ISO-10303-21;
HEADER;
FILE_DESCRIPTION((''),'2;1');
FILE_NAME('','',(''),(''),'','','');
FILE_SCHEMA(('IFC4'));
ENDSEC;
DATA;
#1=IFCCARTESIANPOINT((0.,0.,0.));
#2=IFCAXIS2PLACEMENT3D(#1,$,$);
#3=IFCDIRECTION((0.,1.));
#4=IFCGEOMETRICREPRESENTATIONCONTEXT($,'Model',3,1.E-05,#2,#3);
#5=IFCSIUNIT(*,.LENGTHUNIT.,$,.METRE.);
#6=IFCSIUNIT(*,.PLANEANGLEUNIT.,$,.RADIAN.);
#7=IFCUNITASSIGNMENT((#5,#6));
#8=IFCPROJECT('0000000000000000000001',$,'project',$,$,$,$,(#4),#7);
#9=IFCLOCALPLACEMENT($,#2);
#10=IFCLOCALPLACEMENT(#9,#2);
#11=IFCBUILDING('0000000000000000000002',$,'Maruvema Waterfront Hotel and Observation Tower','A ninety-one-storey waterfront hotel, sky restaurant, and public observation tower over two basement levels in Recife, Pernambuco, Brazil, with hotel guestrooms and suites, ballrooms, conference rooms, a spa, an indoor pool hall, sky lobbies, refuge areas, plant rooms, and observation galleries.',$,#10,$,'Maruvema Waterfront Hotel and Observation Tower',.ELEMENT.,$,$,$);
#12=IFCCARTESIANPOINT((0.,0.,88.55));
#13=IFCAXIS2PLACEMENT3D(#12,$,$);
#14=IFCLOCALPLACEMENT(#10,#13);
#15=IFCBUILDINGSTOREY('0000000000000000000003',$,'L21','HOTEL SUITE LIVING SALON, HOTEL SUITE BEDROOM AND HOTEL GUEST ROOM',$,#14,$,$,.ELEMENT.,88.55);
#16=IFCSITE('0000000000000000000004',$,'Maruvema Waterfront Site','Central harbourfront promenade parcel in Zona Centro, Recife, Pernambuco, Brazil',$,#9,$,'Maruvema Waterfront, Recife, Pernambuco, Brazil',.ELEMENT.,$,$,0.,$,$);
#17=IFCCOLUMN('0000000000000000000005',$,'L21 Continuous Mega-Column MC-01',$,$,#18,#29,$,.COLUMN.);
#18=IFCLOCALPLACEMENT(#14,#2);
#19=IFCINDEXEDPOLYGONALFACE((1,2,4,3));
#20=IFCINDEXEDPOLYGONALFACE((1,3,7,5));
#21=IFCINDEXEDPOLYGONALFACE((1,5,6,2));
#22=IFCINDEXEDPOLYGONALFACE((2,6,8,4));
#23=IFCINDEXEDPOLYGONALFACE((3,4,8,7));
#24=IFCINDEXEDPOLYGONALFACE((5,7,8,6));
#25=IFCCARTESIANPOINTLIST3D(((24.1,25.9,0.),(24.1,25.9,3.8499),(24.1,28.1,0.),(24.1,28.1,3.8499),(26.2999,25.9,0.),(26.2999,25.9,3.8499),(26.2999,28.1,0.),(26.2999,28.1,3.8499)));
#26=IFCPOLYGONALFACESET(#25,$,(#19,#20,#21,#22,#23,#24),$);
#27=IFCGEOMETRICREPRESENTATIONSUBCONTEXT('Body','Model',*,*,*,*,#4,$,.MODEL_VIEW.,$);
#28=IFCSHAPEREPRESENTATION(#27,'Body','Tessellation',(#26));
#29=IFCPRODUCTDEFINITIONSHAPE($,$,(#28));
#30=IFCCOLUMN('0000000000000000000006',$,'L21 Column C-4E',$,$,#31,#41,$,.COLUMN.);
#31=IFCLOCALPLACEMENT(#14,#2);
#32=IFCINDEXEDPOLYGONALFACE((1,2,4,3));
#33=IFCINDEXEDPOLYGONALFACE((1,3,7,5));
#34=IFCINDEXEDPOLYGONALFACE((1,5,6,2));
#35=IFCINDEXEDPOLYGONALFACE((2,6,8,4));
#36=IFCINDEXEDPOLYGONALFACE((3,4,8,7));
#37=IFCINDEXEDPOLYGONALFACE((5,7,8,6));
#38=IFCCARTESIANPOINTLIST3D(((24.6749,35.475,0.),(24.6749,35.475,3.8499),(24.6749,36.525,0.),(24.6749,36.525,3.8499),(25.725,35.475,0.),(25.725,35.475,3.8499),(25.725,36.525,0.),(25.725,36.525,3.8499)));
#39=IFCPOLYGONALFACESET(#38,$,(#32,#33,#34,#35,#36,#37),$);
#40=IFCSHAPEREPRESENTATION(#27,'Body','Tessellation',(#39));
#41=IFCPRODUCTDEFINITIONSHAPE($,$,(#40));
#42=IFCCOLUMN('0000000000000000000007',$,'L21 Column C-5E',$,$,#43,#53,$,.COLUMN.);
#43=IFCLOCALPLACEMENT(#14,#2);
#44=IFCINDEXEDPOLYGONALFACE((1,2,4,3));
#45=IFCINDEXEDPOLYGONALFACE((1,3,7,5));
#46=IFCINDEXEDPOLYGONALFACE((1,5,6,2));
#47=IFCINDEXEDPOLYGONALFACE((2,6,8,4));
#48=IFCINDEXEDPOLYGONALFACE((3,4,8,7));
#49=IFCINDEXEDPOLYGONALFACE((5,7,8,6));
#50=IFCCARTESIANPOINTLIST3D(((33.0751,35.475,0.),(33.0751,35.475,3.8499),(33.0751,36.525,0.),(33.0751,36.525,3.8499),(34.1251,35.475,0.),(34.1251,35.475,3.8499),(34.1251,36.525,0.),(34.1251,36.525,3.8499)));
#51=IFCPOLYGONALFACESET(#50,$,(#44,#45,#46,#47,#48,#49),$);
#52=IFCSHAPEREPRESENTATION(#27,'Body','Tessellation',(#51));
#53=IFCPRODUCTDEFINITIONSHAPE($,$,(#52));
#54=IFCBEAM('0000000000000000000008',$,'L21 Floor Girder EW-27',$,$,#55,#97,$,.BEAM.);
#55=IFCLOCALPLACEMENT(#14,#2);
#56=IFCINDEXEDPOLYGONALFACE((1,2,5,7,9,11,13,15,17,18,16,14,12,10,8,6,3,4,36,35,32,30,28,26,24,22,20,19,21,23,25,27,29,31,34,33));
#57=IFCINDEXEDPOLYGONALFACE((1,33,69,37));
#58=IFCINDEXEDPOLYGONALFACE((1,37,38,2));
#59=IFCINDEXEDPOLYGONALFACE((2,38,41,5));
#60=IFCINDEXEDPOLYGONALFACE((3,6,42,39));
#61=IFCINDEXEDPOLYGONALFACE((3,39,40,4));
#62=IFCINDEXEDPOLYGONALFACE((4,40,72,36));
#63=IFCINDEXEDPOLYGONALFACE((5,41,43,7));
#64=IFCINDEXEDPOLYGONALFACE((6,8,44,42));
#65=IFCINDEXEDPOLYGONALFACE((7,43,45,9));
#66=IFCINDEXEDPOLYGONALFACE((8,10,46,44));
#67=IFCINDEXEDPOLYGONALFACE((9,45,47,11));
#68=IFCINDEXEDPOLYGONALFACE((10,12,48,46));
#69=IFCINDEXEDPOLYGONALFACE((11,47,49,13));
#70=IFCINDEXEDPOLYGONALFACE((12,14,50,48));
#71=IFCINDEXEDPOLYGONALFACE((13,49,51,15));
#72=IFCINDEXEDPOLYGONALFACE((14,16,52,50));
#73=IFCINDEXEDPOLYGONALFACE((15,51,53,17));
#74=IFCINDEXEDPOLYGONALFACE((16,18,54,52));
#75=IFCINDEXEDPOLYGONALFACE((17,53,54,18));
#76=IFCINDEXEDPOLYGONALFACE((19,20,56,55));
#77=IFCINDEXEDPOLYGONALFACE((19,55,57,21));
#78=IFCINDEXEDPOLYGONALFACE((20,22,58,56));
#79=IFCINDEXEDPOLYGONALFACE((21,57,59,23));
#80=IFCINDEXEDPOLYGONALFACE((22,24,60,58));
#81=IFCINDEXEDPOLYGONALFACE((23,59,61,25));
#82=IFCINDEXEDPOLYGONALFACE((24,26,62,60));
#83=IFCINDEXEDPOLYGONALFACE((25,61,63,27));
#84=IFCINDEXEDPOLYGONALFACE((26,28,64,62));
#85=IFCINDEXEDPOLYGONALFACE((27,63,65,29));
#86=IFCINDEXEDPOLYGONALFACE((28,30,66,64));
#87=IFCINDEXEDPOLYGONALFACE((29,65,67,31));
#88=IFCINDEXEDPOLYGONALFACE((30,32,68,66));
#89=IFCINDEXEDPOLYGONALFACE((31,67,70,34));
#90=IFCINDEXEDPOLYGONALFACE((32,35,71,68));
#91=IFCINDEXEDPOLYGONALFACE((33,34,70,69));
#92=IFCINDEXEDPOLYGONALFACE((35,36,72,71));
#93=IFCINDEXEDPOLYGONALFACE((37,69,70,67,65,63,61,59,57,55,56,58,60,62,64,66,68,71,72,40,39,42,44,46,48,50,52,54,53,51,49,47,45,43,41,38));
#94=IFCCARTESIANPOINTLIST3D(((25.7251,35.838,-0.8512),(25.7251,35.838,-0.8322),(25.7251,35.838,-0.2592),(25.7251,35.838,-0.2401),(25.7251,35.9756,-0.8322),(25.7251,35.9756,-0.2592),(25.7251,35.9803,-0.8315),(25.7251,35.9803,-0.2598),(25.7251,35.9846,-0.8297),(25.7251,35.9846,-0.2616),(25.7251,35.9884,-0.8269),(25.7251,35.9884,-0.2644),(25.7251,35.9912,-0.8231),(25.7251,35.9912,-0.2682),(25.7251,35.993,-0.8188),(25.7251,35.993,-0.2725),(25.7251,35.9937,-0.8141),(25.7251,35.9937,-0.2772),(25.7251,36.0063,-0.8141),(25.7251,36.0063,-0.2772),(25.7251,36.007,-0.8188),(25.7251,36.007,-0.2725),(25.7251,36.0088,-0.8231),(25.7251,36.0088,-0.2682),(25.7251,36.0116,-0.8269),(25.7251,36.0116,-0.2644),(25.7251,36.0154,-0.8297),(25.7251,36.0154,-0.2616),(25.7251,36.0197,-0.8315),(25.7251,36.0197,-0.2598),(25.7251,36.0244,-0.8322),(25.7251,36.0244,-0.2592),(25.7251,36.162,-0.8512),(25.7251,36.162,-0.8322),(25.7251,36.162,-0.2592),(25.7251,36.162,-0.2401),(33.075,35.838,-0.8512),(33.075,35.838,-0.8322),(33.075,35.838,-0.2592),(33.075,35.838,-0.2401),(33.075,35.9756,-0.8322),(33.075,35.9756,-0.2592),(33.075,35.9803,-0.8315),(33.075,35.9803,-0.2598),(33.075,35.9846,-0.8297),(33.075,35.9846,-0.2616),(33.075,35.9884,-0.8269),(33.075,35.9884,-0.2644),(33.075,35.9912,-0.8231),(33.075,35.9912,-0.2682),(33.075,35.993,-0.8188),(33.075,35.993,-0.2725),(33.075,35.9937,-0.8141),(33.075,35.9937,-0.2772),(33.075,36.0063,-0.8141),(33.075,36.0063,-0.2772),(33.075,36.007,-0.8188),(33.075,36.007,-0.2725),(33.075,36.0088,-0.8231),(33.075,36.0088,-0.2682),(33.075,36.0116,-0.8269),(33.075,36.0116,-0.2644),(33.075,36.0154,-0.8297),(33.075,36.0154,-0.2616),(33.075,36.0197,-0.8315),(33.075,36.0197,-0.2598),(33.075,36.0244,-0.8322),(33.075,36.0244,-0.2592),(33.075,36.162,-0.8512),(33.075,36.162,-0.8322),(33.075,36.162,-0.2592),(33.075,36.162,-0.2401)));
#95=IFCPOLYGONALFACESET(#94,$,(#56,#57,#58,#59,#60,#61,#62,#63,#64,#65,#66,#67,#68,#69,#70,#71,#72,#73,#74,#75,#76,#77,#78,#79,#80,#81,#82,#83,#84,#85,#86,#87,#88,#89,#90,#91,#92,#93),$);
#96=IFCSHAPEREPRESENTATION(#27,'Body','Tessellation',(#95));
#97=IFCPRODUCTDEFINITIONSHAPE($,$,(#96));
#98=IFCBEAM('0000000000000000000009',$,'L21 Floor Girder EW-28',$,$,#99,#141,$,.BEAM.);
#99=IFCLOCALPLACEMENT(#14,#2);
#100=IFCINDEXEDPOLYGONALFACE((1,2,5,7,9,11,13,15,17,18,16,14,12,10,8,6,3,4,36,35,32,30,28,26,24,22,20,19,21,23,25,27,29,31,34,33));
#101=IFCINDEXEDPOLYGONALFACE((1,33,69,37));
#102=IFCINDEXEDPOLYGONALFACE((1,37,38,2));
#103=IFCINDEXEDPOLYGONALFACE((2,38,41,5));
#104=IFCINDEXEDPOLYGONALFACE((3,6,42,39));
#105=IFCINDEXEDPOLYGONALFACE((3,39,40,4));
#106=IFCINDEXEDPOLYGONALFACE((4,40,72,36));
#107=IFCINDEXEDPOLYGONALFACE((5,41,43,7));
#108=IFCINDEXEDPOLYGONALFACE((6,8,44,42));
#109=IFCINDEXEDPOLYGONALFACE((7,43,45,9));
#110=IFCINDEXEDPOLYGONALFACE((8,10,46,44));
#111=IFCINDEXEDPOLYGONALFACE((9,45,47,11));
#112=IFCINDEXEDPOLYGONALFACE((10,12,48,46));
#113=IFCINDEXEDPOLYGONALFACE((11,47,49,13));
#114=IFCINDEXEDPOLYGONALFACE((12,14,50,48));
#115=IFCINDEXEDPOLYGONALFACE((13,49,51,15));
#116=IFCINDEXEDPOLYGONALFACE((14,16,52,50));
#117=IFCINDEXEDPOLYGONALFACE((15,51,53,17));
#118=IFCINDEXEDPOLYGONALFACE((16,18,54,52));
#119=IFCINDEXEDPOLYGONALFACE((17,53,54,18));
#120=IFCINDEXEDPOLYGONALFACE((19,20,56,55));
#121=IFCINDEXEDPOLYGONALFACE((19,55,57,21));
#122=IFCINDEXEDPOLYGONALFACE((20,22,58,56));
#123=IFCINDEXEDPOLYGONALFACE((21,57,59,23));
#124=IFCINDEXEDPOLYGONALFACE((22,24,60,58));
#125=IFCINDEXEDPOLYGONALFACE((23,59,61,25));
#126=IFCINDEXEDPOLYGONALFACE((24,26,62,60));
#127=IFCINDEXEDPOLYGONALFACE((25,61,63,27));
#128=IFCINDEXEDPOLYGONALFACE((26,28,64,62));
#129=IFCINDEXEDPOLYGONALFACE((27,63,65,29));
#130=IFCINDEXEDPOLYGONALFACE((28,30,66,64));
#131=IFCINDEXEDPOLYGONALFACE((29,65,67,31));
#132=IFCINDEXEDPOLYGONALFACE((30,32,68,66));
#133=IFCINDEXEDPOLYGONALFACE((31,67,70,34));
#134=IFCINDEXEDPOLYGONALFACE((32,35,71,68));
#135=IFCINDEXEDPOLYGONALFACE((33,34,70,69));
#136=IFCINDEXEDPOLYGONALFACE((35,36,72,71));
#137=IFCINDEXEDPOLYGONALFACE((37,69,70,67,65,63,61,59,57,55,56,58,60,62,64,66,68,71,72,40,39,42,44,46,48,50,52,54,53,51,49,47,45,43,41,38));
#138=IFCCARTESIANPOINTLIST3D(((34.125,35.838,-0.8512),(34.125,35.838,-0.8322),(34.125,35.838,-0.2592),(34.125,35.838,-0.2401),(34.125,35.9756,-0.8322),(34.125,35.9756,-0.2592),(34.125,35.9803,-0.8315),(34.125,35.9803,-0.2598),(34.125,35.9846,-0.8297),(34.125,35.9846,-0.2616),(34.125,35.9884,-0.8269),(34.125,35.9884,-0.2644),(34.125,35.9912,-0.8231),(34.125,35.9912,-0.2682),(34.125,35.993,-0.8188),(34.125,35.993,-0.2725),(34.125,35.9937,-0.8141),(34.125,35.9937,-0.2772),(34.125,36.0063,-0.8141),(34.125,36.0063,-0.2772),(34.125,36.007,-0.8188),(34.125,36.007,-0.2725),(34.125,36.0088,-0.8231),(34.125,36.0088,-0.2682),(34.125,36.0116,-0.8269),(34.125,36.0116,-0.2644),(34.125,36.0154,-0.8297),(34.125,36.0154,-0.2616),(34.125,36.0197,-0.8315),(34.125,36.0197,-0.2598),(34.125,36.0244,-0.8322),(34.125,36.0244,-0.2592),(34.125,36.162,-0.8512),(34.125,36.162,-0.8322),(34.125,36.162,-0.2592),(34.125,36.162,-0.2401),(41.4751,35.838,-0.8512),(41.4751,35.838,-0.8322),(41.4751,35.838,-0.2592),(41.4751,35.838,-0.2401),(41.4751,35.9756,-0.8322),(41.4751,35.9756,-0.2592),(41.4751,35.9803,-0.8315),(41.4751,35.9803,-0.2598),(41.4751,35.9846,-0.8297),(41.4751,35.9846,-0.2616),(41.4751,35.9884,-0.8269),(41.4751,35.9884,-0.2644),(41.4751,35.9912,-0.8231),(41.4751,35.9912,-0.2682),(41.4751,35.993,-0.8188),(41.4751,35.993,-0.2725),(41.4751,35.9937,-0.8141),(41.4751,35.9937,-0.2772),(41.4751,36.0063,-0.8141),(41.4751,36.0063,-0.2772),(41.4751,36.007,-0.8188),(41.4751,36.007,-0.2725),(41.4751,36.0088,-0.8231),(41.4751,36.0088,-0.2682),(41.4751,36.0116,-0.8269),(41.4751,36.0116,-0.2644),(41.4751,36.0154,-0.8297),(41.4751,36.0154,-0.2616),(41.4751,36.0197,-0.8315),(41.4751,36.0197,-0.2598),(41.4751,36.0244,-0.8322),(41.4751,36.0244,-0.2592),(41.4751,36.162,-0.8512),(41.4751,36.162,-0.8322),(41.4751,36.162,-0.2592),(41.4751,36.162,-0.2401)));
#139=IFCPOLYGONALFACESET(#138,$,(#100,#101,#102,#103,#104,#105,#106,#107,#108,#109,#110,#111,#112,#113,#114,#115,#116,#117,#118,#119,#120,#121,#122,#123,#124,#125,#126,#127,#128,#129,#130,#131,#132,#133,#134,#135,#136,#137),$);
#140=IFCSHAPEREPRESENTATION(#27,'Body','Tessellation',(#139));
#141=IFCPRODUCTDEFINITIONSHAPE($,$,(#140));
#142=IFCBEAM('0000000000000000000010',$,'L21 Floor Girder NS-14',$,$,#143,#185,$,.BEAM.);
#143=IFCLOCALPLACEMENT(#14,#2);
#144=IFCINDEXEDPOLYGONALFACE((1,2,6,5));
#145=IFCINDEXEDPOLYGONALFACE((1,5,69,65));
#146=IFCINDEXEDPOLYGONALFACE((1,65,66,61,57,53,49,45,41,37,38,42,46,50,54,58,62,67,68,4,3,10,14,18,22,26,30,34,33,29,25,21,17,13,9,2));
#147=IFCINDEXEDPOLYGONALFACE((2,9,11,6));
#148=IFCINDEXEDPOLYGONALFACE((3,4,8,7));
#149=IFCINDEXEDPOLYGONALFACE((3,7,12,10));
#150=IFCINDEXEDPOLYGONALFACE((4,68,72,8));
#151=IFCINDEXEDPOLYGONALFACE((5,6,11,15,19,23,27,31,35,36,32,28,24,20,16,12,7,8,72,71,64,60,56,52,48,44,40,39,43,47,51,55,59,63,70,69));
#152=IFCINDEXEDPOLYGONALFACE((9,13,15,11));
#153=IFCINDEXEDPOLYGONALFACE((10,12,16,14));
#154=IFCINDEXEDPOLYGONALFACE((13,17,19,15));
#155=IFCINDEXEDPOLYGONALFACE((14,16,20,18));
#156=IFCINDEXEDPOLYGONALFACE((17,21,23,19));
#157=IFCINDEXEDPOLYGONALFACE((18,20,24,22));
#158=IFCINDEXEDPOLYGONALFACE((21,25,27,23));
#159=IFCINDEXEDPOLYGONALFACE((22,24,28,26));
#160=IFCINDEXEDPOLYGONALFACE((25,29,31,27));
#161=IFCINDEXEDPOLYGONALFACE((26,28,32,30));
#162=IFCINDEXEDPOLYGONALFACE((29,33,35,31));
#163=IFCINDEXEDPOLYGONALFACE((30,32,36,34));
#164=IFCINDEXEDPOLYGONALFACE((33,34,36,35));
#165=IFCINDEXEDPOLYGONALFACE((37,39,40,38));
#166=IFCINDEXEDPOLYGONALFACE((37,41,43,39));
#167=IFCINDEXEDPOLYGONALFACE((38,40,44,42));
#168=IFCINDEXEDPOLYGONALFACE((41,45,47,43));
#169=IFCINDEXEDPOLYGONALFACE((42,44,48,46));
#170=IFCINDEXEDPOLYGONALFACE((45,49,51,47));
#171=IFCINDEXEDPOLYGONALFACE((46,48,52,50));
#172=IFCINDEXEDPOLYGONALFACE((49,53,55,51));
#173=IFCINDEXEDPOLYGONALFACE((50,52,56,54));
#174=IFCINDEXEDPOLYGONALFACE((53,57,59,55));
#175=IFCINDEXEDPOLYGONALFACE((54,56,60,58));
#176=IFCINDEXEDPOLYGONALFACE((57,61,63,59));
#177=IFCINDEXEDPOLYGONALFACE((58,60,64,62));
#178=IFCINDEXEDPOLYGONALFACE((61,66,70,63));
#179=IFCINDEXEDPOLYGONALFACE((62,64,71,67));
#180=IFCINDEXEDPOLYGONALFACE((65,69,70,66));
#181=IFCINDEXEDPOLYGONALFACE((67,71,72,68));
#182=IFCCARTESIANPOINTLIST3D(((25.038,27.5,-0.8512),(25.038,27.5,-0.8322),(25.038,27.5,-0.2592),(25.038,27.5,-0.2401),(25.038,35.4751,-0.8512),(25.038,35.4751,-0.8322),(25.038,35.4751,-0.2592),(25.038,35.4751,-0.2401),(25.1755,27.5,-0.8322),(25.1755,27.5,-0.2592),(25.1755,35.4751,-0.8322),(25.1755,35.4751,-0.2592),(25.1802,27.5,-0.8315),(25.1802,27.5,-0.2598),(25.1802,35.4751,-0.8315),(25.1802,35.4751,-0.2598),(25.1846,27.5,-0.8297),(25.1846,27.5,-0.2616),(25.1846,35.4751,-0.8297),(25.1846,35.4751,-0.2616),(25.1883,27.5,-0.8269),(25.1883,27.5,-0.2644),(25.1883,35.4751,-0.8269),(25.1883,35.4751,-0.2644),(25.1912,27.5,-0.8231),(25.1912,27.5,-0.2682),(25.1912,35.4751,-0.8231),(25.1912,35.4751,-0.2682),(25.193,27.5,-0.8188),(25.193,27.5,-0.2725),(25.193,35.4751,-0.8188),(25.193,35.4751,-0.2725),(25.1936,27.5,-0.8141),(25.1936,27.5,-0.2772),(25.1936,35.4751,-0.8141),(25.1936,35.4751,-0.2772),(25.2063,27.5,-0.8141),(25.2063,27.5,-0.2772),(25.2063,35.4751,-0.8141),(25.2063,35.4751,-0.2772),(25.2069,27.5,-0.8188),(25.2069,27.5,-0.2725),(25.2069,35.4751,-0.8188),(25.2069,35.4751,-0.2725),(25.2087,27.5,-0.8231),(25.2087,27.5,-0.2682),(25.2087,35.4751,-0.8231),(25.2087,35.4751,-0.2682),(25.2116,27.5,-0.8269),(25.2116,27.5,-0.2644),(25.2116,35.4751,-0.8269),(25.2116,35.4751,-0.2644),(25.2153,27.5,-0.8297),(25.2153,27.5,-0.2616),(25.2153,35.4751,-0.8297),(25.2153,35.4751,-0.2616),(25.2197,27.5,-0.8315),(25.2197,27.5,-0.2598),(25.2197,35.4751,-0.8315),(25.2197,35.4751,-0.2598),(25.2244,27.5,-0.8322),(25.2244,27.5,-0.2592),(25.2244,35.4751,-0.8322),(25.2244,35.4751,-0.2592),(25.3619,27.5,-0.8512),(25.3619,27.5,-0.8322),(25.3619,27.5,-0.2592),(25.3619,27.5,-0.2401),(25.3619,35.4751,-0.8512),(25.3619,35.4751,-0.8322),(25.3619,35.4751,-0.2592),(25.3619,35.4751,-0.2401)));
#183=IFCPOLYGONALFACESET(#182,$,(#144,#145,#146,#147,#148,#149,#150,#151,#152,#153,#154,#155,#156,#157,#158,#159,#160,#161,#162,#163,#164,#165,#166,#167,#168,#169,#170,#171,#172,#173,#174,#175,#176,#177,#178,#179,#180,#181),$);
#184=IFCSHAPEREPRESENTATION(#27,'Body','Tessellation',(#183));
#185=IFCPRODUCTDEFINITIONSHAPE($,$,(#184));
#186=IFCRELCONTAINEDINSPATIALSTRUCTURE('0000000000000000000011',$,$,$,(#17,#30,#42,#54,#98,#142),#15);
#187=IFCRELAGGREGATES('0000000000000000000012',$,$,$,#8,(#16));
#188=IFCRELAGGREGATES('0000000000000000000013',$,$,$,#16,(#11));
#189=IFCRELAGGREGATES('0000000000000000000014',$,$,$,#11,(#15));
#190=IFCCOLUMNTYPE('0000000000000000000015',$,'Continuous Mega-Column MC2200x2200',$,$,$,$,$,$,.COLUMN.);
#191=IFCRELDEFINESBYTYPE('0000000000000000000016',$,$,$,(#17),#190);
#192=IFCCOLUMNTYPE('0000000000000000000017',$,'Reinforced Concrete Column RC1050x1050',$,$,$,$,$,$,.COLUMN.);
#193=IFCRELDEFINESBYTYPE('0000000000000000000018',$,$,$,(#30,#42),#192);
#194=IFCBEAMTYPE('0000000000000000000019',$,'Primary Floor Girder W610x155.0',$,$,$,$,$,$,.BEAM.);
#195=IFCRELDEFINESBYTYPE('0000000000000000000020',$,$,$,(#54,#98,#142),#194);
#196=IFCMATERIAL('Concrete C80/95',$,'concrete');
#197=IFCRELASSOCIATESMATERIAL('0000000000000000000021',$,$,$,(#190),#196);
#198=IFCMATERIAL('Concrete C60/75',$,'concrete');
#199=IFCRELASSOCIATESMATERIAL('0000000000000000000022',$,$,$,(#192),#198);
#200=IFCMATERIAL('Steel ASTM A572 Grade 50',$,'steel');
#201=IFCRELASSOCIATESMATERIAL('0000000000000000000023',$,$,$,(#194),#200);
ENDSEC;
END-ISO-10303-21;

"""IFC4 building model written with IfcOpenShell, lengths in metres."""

from ifc_helpers import new_model, si_unit, direction, frame, origin, origin_2d, place, context, subcontext, project, spatial, rectangle, i_section, extrude, material, material_profile, profile_set, type_object, element, save


model = new_model("IFC4")

# Units and contexts
model_context = context("Model", 3, precision=1e-05, world=origin(), true_north=direction((0.0, 1.0)))
body_context = subcontext(model_context, "Body", "Model", "MODEL_VIEW")
ifc_project = project(units=[si_unit("LENGTHUNIT", "METRE"), si_unit("PLANEANGLEUNIT", "RADIAN")], contexts=[model_context])

# Site, building, storey
site_placement = place(None, origin())
site = spatial("IfcSite", under=ifc_project, at=site_placement, Name="Maruvema Waterfront Site", Description="Central harbourfront promenade parcel in Zona Centro, Recife, Pernambuco, Brazil", LongName="Maruvema Waterfront, Recife, Pernambuco, Brazil", CompositionType="ELEMENT", RefElevation=0.0)
building_placement = place(site_placement, origin())
building = spatial("IfcBuilding", under=site, at=building_placement, Name="Maruvema Waterfront Hotel and Observation Tower", Description="A ninety-one-storey waterfront hotel, sky restaurant, and public observation tower over two basement levels in Recife, Pernambuco, Brazil, with hotel guestrooms and suites, ballrooms, conference rooms, a spa, an indoor pool hall, sky lobbies, refuge areas, plant rooms, and observation galleries.", LongName="Maruvema Waterfront Hotel and Observation Tower", CompositionType="ELEMENT")
storey_placement = place(building_placement, frame((0.0, 0.0, 88.55)))
storey = spatial("IfcBuildingStorey", under=building, at=storey_placement, Name="L21", Description="HOTEL SUITE LIVING SALON, HOTEL SUITE BEDROOM AND HOTEL GUEST ROOM", CompositionType="ELEMENT", Elevation=88.55)

# Columns
ifc_material_1 = material(Name="Concrete C80/95", Category="concrete")
ifc_material_profile_1 = material_profile(ifc_material_1, rectangle(XDim=2.2, YDim=2.2, at=origin_2d()), Name="MC2200x2200")
ifc_profile_set_1 = profile_set([ifc_material_profile_1], Name="Concrete C80/95")
column_type_1 = type_object("IfcColumnType", Name="Continuous Mega-Column MC2200x2200", PredefinedType="COLUMN", material=ifc_profile_set_1)
column_placement = place(storey_placement, frame((25.2, 27.0, 0.0), z_axis=(0.0, 0.0, 1.0), x_axis=(1.0, 0.0, 0.0)))
element("IfcColumn", 1, at=column_placement, inside=storey, type_object=column_type_1, Name="L21 Continuous Mega-Column MC-01", PredefinedType="COLUMN", context=body_context, shape_type="SweptSolid", body=[
    extrude(rectangle(XDim=2.2, YDim=2.2, at=origin_2d()), origin(), (0.0, 0.0, 1.0), 3.8499),
])
ifc_material_2 = material(Name="Concrete C60/75", Category="concrete")
ifc_material_profile_2 = material_profile(ifc_material_2, rectangle(XDim=1.05, YDim=1.05, at=origin_2d()), Name="RC1050x1050")
ifc_profile_set_2 = profile_set([ifc_material_profile_2], Name="Concrete C60/75")
column_type_2 = type_object("IfcColumnType", Name="Reinforced Concrete Column RC1050x1050", PredefinedType="COLUMN", material=ifc_profile_set_2)
for number, where, z_axis, x_axis, name in (
    (2, (25.2, 36.0, 0.0), (0.0, 0.0, 1.0), (1.0, 0.0, 0.0), "L21 Column C-4E"),
    (3, (33.6001, 36.0, 0.0), (0.0, 0.0, 1.0), (1.0, 0.0, 0.0), "L21 Column C-5E"),
):
    element("IfcColumn", number, at=place(storey_placement, frame(where, z_axis=z_axis, x_axis=x_axis)), inside=storey, type_object=column_type_2, Name=name, PredefinedType="COLUMN", context=body_context, shape_type="SweptSolid", body=[
        extrude(rectangle(XDim=1.05, YDim=1.05, at=origin_2d()), origin(), (0.0, 0.0, 1.0), 3.8499),
    ])

# Beams
ifc_material_3 = material(Name="Steel ASTM A572 Grade 50", Category="steel")
ifc_material_profile_3 = material_profile(ifc_material_3, i_section(OverallWidth=0.324, OverallDepth=0.6111, WebThickness=0.0127, FlangeThickness=0.019, FilletRadius=0.0181, at=origin_2d()), Name="W610x155.0")
ifc_profile_set_3 = profile_set([ifc_material_profile_3], Name="Steel ASTM A572 Grade 50")
beam_type_1 = type_object("IfcBeamType", Name="Primary Floor Girder W610x155.0", PredefinedType="BEAM", material=ifc_profile_set_3)
beam_1_placement = place(storey_placement, frame((25.7251, 36.0, -0.5457), z_axis=(1.0, 0.0, 0.0), x_axis=(0.0, 1.0, 0.0)))
element("IfcBeam", 4, at=beam_1_placement, inside=storey, type_object=beam_type_1, Name="L21 Floor Girder EW-27", PredefinedType="BEAM", context=body_context, shape_type="SweptSolid", body=[
    extrude(i_section(OverallWidth=0.324, OverallDepth=0.6111, WebThickness=0.0127, FlangeThickness=0.019, FilletRadius=0.0181, at=origin_2d()), origin(), (0.0, 0.0, 1.0), 7.3499),
])
beam_2_placement = place(storey_placement, frame((34.125, 36.0, -0.5457), z_axis=(1.0, 0.0, 0.0), x_axis=(0.0, 1.0, 0.0)))
element("IfcBeam", 5, at=beam_2_placement, inside=storey, type_object=beam_type_1, Name="L21 Floor Girder EW-28", PredefinedType="BEAM", context=body_context, shape_type="SweptSolid", body=[
    extrude(i_section(OverallWidth=0.324, OverallDepth=0.6111, WebThickness=0.0127, FlangeThickness=0.019, FilletRadius=0.0181, at=origin_2d()), origin(), (0.0, 0.0, 1.0), 7.3501),
])
for number, where, z_axis, x_axis, name in (
    (6, (25.2, 27.5, -0.5457), (0.0, 1.0, 0.0), (-1.0, 0.0, 0.0), "L21 Floor Girder NS-14"),
):
    element("IfcBeam", number, at=place(storey_placement, frame(where, z_axis=z_axis, x_axis=x_axis)), inside=storey, type_object=beam_type_1, Name=name, PredefinedType="BEAM", context=body_context, shape_type="SweptSolid", body=[
        extrude(i_section(OverallWidth=0.324, OverallDepth=0.6111, WebThickness=0.0127, FlangeThickness=0.019, FilletRadius=0.0181, at=origin_2d()), origin(), (0.0, 0.0, 1.0), 7.9751),
    ])

save(model, "model.ifc")
